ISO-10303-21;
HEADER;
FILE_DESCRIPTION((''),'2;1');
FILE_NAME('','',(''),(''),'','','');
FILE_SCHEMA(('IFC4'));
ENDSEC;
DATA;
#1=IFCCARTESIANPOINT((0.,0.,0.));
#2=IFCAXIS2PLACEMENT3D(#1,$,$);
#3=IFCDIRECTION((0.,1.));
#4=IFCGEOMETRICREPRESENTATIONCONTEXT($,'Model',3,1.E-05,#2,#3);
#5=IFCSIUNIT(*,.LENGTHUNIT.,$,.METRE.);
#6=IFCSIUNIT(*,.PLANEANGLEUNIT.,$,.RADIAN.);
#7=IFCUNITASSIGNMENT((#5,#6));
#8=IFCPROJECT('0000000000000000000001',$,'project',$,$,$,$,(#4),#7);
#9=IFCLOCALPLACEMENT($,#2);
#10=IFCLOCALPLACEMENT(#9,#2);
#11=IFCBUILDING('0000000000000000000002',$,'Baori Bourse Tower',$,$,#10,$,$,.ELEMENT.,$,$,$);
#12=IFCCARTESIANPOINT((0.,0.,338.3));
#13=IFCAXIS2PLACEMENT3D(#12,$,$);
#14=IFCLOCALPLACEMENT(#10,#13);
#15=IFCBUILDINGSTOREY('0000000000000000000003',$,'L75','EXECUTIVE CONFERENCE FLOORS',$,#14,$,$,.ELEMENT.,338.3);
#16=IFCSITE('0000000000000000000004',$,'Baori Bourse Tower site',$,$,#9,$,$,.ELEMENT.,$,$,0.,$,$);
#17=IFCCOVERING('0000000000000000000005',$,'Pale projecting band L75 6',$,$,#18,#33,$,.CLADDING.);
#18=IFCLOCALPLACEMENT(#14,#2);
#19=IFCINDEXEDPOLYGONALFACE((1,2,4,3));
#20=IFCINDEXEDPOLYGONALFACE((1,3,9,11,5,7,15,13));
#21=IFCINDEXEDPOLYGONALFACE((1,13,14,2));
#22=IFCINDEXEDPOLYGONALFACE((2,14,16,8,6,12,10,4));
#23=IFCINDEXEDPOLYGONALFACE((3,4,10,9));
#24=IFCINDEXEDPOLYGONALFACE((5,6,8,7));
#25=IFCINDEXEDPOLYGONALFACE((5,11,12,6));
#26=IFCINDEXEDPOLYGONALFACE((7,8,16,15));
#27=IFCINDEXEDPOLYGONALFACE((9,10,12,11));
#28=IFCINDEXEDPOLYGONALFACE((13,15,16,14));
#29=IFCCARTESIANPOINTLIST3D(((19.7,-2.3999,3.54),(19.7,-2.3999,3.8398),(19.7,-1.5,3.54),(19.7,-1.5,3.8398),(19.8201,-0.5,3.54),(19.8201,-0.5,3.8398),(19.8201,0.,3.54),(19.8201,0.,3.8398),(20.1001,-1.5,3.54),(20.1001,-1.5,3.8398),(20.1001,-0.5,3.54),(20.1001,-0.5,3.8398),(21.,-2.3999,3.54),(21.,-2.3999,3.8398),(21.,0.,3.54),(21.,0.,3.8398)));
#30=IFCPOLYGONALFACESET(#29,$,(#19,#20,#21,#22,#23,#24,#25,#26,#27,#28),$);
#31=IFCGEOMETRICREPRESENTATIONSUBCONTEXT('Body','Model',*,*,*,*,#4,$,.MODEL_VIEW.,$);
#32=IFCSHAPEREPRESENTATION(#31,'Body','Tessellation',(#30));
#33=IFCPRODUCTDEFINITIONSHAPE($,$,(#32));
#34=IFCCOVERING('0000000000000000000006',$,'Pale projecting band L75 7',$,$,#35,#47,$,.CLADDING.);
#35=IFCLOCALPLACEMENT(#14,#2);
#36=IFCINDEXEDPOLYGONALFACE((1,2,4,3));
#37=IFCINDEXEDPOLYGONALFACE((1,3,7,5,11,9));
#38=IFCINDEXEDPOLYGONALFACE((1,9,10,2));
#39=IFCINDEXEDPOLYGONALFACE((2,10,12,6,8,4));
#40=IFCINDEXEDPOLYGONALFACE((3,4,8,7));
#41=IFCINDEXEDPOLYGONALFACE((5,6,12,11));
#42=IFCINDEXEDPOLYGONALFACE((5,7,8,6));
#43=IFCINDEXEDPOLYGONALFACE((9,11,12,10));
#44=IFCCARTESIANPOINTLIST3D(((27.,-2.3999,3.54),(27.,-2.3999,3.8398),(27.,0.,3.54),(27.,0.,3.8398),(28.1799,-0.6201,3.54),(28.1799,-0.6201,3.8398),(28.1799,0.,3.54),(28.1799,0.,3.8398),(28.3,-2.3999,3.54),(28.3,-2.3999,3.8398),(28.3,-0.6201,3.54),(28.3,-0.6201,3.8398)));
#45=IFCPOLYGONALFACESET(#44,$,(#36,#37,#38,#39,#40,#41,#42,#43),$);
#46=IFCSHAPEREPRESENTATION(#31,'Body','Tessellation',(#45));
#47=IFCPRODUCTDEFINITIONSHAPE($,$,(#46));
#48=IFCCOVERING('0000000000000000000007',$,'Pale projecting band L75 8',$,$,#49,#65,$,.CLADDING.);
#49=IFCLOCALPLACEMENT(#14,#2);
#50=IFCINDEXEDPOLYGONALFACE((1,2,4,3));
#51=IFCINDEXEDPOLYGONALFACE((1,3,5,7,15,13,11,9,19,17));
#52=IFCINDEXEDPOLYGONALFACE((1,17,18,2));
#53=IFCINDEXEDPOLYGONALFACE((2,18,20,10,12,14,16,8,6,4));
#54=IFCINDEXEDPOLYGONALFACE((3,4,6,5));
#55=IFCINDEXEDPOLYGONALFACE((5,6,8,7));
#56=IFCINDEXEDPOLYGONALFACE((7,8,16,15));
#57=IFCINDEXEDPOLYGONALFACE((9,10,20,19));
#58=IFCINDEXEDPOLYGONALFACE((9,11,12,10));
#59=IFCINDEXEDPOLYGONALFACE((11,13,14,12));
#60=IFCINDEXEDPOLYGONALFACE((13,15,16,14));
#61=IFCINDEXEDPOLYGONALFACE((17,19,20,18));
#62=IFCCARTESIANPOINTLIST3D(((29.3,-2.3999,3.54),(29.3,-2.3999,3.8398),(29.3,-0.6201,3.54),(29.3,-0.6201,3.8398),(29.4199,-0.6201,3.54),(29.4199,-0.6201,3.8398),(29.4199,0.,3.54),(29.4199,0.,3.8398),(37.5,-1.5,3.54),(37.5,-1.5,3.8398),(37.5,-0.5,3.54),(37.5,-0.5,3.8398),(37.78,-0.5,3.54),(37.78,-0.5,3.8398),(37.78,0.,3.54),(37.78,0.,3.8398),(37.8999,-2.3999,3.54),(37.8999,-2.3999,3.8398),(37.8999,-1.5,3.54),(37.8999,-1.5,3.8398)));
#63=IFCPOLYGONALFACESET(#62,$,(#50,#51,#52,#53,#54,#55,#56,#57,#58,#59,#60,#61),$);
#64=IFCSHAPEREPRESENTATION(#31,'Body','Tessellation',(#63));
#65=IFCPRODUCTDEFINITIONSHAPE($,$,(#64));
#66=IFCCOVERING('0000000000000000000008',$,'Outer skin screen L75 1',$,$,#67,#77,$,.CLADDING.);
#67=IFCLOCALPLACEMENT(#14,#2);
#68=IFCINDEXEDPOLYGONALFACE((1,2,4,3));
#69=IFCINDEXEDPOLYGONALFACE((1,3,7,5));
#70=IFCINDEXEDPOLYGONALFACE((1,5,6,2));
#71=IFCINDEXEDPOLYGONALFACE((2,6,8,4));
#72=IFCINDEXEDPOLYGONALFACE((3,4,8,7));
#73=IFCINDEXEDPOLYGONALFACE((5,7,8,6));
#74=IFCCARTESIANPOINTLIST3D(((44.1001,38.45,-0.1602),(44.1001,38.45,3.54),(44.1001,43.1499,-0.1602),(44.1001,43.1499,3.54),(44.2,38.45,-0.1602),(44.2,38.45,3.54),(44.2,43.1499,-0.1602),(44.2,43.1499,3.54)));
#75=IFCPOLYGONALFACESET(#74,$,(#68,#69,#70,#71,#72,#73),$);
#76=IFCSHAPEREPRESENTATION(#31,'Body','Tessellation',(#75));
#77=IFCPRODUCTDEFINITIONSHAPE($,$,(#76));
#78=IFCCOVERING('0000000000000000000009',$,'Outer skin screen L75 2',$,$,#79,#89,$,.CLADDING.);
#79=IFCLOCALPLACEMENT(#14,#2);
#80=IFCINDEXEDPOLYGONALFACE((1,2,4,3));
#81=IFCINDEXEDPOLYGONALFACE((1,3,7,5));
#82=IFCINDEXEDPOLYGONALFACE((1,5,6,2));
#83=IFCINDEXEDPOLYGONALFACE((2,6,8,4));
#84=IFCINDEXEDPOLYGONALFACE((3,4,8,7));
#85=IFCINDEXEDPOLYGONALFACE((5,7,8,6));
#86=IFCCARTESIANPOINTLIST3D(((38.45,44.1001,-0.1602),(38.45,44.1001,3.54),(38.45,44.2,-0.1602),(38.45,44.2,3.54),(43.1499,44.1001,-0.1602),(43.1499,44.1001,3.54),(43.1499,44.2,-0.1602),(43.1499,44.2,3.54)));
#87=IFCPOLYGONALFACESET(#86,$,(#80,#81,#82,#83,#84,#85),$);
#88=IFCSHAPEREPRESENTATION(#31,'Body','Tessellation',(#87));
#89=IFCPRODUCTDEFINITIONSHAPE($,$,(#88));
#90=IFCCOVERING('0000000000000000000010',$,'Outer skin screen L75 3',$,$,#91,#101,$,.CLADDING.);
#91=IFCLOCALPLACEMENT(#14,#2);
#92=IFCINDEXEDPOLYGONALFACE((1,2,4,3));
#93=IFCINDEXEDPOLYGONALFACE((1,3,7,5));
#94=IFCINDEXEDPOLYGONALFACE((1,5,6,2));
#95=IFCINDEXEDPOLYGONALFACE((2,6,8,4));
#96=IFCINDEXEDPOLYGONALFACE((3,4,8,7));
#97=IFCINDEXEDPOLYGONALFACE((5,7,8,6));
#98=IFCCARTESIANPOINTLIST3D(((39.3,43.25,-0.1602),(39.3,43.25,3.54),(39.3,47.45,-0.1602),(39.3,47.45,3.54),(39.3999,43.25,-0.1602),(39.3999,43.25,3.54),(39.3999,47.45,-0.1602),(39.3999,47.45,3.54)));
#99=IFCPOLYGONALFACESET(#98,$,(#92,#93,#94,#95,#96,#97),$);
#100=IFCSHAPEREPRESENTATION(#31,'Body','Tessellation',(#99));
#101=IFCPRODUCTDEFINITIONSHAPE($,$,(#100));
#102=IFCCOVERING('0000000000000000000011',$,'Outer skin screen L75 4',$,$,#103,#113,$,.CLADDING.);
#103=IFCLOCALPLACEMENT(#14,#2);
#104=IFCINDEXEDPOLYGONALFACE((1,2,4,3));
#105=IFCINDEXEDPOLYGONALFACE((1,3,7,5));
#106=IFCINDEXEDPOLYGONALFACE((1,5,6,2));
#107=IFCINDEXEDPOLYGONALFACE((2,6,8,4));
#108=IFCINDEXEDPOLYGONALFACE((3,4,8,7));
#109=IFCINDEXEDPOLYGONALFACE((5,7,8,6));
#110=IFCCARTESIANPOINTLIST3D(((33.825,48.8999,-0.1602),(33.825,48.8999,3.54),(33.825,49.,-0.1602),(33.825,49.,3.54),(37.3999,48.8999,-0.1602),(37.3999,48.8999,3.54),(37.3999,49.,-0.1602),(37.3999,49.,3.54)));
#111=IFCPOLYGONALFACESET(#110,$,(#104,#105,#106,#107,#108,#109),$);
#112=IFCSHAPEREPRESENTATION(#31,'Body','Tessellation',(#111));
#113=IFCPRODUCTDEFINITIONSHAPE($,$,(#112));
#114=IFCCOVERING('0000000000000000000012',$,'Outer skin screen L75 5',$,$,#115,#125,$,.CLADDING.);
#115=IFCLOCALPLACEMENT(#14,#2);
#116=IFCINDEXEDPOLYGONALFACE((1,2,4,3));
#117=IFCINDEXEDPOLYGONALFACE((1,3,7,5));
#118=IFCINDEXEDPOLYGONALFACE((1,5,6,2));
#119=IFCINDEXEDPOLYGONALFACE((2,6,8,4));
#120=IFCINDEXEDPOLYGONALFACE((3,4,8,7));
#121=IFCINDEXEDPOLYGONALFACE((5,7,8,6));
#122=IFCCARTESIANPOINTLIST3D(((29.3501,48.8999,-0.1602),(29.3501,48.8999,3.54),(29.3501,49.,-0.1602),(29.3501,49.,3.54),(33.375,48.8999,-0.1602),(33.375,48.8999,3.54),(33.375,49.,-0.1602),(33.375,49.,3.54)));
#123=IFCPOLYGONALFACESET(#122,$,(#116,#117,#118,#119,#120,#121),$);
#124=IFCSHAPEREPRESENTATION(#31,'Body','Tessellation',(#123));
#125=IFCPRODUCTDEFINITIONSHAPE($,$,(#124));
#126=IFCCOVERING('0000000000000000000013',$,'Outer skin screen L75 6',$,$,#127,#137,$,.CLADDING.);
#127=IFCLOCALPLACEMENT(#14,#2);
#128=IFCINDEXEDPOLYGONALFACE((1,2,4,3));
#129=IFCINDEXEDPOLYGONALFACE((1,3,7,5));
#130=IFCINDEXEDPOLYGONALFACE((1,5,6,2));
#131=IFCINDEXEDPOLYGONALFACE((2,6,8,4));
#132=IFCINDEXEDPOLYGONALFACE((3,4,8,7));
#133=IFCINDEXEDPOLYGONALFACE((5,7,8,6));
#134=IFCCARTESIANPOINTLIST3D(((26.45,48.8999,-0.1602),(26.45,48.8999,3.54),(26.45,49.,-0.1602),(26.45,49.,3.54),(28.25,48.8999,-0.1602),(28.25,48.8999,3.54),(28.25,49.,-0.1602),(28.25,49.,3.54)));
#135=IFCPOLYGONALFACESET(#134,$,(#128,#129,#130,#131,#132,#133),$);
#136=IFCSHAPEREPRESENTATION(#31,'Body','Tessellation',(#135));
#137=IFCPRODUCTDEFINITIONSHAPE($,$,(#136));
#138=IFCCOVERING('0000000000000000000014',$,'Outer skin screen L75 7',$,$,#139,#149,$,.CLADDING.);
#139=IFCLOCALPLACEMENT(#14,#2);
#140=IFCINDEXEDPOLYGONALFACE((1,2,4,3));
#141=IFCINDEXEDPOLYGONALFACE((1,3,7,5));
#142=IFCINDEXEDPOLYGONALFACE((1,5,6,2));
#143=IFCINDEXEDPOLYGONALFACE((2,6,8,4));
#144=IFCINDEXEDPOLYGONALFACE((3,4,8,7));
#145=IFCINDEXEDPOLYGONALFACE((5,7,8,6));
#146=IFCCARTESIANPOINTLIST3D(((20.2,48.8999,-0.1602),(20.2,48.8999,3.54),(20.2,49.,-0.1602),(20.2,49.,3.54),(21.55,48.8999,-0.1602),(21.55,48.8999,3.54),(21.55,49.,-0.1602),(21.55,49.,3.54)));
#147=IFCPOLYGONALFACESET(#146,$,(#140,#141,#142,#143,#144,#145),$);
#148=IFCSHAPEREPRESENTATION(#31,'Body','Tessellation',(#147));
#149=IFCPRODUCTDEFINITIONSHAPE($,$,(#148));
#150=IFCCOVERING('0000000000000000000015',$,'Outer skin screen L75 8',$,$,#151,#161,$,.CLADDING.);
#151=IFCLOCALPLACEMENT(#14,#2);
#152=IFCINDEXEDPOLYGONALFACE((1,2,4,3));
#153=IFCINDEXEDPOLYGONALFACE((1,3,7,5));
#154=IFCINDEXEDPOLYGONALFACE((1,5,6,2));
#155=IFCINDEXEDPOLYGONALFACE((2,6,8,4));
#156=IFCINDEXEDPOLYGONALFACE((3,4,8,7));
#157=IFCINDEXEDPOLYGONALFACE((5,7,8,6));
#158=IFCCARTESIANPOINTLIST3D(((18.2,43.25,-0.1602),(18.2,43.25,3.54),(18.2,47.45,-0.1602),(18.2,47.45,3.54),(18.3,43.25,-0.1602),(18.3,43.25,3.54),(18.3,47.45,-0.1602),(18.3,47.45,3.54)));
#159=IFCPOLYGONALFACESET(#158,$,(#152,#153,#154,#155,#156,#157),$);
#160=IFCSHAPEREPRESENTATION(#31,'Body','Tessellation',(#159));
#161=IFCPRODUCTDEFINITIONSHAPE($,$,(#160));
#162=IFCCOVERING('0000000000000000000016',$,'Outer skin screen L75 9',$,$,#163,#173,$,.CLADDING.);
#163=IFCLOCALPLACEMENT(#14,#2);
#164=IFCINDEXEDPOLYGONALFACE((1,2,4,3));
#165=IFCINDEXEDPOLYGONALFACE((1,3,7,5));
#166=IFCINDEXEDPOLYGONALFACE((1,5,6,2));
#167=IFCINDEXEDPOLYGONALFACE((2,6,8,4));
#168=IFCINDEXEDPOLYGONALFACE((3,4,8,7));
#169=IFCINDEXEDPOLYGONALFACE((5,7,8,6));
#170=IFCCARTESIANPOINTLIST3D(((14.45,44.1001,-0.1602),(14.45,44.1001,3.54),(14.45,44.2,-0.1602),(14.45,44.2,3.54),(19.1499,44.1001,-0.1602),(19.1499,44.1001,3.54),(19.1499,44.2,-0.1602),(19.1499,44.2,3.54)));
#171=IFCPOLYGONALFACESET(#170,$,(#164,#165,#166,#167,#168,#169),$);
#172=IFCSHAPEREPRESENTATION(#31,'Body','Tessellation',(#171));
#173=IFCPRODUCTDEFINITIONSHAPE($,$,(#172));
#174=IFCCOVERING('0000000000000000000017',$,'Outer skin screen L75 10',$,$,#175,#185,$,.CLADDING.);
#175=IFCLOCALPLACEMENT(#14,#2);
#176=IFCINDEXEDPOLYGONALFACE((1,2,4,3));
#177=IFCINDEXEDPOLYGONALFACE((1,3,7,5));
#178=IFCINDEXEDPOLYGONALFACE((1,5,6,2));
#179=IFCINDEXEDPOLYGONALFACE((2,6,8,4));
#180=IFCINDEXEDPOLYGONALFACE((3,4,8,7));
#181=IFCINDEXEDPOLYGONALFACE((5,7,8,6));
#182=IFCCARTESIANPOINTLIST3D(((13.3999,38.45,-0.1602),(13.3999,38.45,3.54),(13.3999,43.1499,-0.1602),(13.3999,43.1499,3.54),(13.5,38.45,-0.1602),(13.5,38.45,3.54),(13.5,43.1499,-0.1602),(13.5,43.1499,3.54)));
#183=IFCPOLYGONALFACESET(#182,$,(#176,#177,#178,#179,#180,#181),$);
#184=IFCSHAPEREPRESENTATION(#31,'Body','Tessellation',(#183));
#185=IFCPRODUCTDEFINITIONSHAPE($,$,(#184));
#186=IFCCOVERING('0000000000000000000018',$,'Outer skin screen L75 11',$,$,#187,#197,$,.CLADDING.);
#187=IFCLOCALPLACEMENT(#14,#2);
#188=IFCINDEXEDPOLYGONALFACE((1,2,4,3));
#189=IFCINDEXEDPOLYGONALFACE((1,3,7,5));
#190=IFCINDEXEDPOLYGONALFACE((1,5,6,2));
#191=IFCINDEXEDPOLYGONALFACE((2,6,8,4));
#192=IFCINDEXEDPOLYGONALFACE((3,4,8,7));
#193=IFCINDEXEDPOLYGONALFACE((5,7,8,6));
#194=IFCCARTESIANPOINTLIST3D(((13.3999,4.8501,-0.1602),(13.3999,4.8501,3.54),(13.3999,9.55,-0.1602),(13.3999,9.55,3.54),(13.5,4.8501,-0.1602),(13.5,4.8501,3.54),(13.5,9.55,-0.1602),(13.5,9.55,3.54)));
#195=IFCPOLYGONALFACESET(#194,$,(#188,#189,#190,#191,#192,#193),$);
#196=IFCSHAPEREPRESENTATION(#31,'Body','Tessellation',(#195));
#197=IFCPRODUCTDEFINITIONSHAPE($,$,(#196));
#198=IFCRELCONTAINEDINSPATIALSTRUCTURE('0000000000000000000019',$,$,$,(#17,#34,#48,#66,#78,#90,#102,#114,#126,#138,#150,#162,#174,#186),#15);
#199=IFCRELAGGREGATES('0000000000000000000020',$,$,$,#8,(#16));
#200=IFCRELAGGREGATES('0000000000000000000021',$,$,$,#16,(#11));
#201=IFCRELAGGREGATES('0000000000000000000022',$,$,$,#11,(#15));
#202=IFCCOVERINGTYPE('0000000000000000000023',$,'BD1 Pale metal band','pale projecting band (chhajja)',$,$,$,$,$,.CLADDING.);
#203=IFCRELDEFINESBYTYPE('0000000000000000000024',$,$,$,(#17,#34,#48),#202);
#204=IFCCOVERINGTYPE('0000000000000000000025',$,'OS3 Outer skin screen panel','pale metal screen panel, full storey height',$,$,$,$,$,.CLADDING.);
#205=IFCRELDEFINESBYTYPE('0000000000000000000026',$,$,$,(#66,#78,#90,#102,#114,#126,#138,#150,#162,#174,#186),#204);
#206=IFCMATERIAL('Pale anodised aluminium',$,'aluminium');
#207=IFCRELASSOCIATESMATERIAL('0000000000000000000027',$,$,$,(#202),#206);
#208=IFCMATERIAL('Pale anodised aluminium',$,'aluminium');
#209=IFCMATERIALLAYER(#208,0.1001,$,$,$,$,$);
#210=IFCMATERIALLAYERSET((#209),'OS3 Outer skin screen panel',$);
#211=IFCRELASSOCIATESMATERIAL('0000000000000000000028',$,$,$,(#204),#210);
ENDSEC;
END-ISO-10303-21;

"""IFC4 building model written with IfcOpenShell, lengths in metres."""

from ifc_helpers import new_model, si_unit, direction, frame, origin, place, context, subcontext, project, spatial, polyline, outline, extrude, material, layer, layer_set, type_object, element, save


model = new_model("IFC4")

# Units and contexts
model_context = context("Model", 3, precision=1e-05, world=origin(), true_north=direction((0.0, 1.0)))
body_context = subcontext(model_context, "Body", "Model", "MODEL_VIEW")
ifc_project = project(units=[si_unit("LENGTHUNIT", "METRE"), si_unit("PLANEANGLEUNIT", "RADIAN")], contexts=[model_context])

# Site, building, storey
site_placement = place(None, origin())
site = spatial("IfcSite", under=ifc_project, at=site_placement, Name="Baori Bourse Tower site", CompositionType="ELEMENT", RefElevation=0.0)
building_placement = place(site_placement, origin())
building = spatial("IfcBuilding", under=site, at=building_placement, Name="Baori Bourse Tower", CompositionType="ELEMENT")
storey_placement = place(building_placement, frame((0.0, 0.0, 338.3)))
storey = spatial("IfcBuildingStorey", under=building, at=storey_placement, Name="L75", Description="EXECUTIVE CONFERENCE FLOORS", CompositionType="ELEMENT", Elevation=338.3)

# Coverings
ifc_material_1 = material(Name="Pale anodised aluminium", Category="aluminium")
covering_type_1 = type_object("IfcCoveringType", Name="BD1 Pale metal band", Description="pale projecting band (chhajja)", PredefinedType="CLADDING", material=ifc_material_1)
covering_1_placement = place(storey_placement, frame((0.0, 0.0, 3.54)))
element("IfcCovering", 1, at=covering_1_placement, inside=storey, type_object=covering_type_1, Name="Pale projecting band L75 6", PredefinedType="CLADDING", context=body_context, shape_type="SweptSolid", body=[
    extrude(outline(polyline([(21.0, 0.0), (19.8201, 0.0), (19.8201, -0.5), (20.1001, -0.5), (20.1001, -1.5), (19.7, -1.5), (19.7, -2.3999), (21.0, -2.3999), (21.0, 0.0)])), origin(), (0.0, 0.0, 1.0), 0.2998),
])
covering_2_placement = place(storey_placement, frame((0.0, 0.0, 3.54)))
element("IfcCovering", 2, at=covering_2_placement, inside=storey, type_object=covering_type_1, Name="Pale projecting band L75 7", PredefinedType="CLADDING", context=body_context, shape_type="SweptSolid", body=[
    extrude(outline(polyline([(28.1799, 0.0), (27.0, 0.0), (27.0, -2.3999), (28.3, -2.3999), (28.3, -0.6201), (28.1799, -0.6201), (28.1799, 0.0)])), origin(), (0.0, 0.0, 1.0), 0.2998),
])
covering_3_placement = place(storey_placement, frame((0.0, 0.0, 3.54)))
element("IfcCovering", 3, at=covering_3_placement, inside=storey, type_object=covering_type_1, Name="Pale projecting band L75 8", PredefinedType="CLADDING", context=body_context, shape_type="SweptSolid", body=[
    extrude(outline(polyline([(37.78, 0.0), (29.4199, 0.0), (29.4199, -0.6201), (29.3, -0.6201), (29.3, -2.3999), (37.8999, -2.3999), (37.8999, -1.5), (37.5, -1.5), (37.5, -0.5), (37.78, -0.5), (37.78, 0.0)])), origin(), (0.0, 0.0, 1.0), 0.2998),
])
ifc_material_2 = material(Name="Pale anodised aluminium", Category="aluminium")
ifc_layer_1 = layer(ifc_material_2, 0.1001)
ifc_layer_set_1 = layer_set([ifc_layer_1], Name="OS3 Outer skin screen panel")
covering_type_2 = type_object("IfcCoveringType", Name="OS3 Outer skin screen panel", Description="pale metal screen panel, full storey height", PredefinedType="CLADDING", material=ifc_layer_set_1)
covering_4_placement = place(storey_placement, frame((0.0, 0.0, -0.1602)))
element("IfcCovering", 4, at=covering_4_placement, inside=storey, type_object=covering_type_2, Name="Outer skin screen L75 1", PredefinedType="CLADDING", context=body_context, shape_type="SweptSolid", body=[
    extrude(outline(polyline([(44.1001, 43.1499), (44.1001, 38.45), (44.2, 38.45), (44.2, 43.1499), (44.1001, 43.1499)])), origin(), (0.0, 0.0, 1.0), 3.7002),
])
covering_5_placement = place(storey_placement, frame((0.0, 0.0, -0.1602)))
element("IfcCovering", 5, at=covering_5_placement, inside=storey, type_object=covering_type_2, Name="Outer skin screen L75 2", PredefinedType="CLADDING", context=body_context, shape_type="SweptSolid", body=[
    extrude(outline(polyline([(38.45, 44.1001), (43.1499, 44.1001), (43.1499, 44.2), (38.45, 44.2), (38.45, 44.1001)])), origin(), (0.0, 0.0, 1.0), 3.7002),
])
covering_6_placement = place(storey_placement, frame((0.0, 0.0, -0.1602)))
element("IfcCovering", 6, at=covering_6_placement, inside=storey, type_object=covering_type_2, Name="Outer skin screen L75 3", PredefinedType="CLADDING", context=body_context, shape_type="SweptSolid", body=[
    extrude(outline(polyline([(39.3, 47.45), (39.3, 43.25), (39.3999, 43.25), (39.3999, 47.45), (39.3, 47.45)])), origin(), (0.0, 0.0, 1.0), 3.7002),
])
covering_7_placement = place(storey_placement, frame((0.0, 0.0, -0.1602)))
element("IfcCovering", 7, at=covering_7_placement, inside=storey, type_object=covering_type_2, Name="Outer skin screen L75 4", PredefinedType="CLADDING", context=body_context, shape_type="SweptSolid", body=[
    extrude(outline(polyline([(33.825, 48.8999), (37.3999, 48.8999), (37.3999, 49.0), (33.825, 49.0), (33.825, 48.8999)])), origin(), (0.0, 0.0, 1.0), 3.7002),
])
covering_8_placement = place(storey_placement, frame((0.0, 0.0, -0.1602)))
element("IfcCovering", 8, at=covering_8_placement, inside=storey, type_object=covering_type_2, Name="Outer skin screen L75 5", PredefinedType="CLADDING", context=body_context, shape_type="SweptSolid", body=[
    extrude(outline(polyline([(29.3501, 48.8999), (33.375, 48.8999), (33.375, 49.0), (29.3501, 49.0), (29.3501, 48.8999)])), origin(), (0.0, 0.0, 1.0), 3.7002),
])
covering_9_placement = place(storey_placement, frame((0.0, 0.0, -0.1602)))
element("IfcCovering", 9, at=covering_9_placement, inside=storey, type_object=covering_type_2, Name="Outer skin screen L75 6", PredefinedType="CLADDING", context=body_context, shape_type="SweptSolid", body=[
    extrude(outline(polyline([(26.45, 48.8999), (28.25, 48.8999), (28.25, 49.0), (26.45, 49.0), (26.45, 48.8999)])), origin(), (0.0, 0.0, 1.0), 3.7002),
])
covering_10_placement = place(storey_placement, frame((0.0, 0.0, -0.1602)))
element("IfcCovering", 10, at=covering_10_placement, inside=storey, type_object=covering_type_2, Name="Outer skin screen L75 7", PredefinedType="CLADDING", context=body_context, shape_type="SweptSolid", body=[
    extrude(outline(polyline([(20.2, 48.8999), (21.55, 48.8999), (21.55, 49.0), (20.2, 49.0), (20.2, 48.8999)])), origin(), (0.0, 0.0, 1.0), 3.7002),
])
covering_11_placement = place(storey_placement, frame((0.0, 0.0, -0.1602)))
element("IfcCovering", 11, at=covering_11_placement, inside=storey, type_object=covering_type_2, Name="Outer skin screen L75 8", PredefinedType="CLADDING", context=body_context, shape_type="SweptSolid", body=[
    extrude(outline(polyline([(18.3, 43.25), (18.3, 47.45), (18.2, 47.45), (18.2, 43.25), (18.3, 43.25)])), origin(), (0.0, 0.0, 1.0), 3.7002),
])
covering_12_placement = place(storey_placement, frame((0.0, 0.0, -0.1602)))
element("IfcCovering", 12, at=covering_12_placement, inside=storey, type_object=covering_type_2, Name="Outer skin screen L75 9", PredefinedType="CLADDING", context=body_context, shape_type="SweptSolid", body=[
    extrude(outline(polyline([(14.45, 44.1001), (19.1499, 44.1001), (19.1499, 44.2), (14.45, 44.2), (14.45, 44.1001)])), origin(), (0.0, 0.0, 1.0), 3.7002),
])
covering_13_placement = place(storey_placement, frame((0.0, 0.0, -0.1602)))
element("IfcCovering", 13, at=covering_13_placement, inside=storey, type_object=covering_type_2, Name="Outer skin screen L75 10", PredefinedType="CLADDING", context=body_context, shape_type="SweptSolid", body=[
    extrude(outline(polyline([(13.5, 38.45), (13.5, 43.1499), (13.3999, 43.1499), (13.3999, 38.45), (13.5, 38.45)])), origin(), (0.0, 0.0, 1.0), 3.7002),
])
covering_14_placement = place(storey_placement, frame((0.0, 0.0, -0.1602)))
element("IfcCovering", 14, at=covering_14_placement, inside=storey, type_object=covering_type_2, Name="Outer skin screen L75 11", PredefinedType="CLADDING", context=body_context, shape_type="SweptSolid", body=[
    extrude(outline(polyline([(13.5, 4.8501), (13.5, 9.55), (13.3999, 9.55), (13.3999, 4.8501), (13.5, 4.8501)])), origin(), (0.0, 0.0, 1.0), 3.7002),
])

save(model, "model.ifc")
